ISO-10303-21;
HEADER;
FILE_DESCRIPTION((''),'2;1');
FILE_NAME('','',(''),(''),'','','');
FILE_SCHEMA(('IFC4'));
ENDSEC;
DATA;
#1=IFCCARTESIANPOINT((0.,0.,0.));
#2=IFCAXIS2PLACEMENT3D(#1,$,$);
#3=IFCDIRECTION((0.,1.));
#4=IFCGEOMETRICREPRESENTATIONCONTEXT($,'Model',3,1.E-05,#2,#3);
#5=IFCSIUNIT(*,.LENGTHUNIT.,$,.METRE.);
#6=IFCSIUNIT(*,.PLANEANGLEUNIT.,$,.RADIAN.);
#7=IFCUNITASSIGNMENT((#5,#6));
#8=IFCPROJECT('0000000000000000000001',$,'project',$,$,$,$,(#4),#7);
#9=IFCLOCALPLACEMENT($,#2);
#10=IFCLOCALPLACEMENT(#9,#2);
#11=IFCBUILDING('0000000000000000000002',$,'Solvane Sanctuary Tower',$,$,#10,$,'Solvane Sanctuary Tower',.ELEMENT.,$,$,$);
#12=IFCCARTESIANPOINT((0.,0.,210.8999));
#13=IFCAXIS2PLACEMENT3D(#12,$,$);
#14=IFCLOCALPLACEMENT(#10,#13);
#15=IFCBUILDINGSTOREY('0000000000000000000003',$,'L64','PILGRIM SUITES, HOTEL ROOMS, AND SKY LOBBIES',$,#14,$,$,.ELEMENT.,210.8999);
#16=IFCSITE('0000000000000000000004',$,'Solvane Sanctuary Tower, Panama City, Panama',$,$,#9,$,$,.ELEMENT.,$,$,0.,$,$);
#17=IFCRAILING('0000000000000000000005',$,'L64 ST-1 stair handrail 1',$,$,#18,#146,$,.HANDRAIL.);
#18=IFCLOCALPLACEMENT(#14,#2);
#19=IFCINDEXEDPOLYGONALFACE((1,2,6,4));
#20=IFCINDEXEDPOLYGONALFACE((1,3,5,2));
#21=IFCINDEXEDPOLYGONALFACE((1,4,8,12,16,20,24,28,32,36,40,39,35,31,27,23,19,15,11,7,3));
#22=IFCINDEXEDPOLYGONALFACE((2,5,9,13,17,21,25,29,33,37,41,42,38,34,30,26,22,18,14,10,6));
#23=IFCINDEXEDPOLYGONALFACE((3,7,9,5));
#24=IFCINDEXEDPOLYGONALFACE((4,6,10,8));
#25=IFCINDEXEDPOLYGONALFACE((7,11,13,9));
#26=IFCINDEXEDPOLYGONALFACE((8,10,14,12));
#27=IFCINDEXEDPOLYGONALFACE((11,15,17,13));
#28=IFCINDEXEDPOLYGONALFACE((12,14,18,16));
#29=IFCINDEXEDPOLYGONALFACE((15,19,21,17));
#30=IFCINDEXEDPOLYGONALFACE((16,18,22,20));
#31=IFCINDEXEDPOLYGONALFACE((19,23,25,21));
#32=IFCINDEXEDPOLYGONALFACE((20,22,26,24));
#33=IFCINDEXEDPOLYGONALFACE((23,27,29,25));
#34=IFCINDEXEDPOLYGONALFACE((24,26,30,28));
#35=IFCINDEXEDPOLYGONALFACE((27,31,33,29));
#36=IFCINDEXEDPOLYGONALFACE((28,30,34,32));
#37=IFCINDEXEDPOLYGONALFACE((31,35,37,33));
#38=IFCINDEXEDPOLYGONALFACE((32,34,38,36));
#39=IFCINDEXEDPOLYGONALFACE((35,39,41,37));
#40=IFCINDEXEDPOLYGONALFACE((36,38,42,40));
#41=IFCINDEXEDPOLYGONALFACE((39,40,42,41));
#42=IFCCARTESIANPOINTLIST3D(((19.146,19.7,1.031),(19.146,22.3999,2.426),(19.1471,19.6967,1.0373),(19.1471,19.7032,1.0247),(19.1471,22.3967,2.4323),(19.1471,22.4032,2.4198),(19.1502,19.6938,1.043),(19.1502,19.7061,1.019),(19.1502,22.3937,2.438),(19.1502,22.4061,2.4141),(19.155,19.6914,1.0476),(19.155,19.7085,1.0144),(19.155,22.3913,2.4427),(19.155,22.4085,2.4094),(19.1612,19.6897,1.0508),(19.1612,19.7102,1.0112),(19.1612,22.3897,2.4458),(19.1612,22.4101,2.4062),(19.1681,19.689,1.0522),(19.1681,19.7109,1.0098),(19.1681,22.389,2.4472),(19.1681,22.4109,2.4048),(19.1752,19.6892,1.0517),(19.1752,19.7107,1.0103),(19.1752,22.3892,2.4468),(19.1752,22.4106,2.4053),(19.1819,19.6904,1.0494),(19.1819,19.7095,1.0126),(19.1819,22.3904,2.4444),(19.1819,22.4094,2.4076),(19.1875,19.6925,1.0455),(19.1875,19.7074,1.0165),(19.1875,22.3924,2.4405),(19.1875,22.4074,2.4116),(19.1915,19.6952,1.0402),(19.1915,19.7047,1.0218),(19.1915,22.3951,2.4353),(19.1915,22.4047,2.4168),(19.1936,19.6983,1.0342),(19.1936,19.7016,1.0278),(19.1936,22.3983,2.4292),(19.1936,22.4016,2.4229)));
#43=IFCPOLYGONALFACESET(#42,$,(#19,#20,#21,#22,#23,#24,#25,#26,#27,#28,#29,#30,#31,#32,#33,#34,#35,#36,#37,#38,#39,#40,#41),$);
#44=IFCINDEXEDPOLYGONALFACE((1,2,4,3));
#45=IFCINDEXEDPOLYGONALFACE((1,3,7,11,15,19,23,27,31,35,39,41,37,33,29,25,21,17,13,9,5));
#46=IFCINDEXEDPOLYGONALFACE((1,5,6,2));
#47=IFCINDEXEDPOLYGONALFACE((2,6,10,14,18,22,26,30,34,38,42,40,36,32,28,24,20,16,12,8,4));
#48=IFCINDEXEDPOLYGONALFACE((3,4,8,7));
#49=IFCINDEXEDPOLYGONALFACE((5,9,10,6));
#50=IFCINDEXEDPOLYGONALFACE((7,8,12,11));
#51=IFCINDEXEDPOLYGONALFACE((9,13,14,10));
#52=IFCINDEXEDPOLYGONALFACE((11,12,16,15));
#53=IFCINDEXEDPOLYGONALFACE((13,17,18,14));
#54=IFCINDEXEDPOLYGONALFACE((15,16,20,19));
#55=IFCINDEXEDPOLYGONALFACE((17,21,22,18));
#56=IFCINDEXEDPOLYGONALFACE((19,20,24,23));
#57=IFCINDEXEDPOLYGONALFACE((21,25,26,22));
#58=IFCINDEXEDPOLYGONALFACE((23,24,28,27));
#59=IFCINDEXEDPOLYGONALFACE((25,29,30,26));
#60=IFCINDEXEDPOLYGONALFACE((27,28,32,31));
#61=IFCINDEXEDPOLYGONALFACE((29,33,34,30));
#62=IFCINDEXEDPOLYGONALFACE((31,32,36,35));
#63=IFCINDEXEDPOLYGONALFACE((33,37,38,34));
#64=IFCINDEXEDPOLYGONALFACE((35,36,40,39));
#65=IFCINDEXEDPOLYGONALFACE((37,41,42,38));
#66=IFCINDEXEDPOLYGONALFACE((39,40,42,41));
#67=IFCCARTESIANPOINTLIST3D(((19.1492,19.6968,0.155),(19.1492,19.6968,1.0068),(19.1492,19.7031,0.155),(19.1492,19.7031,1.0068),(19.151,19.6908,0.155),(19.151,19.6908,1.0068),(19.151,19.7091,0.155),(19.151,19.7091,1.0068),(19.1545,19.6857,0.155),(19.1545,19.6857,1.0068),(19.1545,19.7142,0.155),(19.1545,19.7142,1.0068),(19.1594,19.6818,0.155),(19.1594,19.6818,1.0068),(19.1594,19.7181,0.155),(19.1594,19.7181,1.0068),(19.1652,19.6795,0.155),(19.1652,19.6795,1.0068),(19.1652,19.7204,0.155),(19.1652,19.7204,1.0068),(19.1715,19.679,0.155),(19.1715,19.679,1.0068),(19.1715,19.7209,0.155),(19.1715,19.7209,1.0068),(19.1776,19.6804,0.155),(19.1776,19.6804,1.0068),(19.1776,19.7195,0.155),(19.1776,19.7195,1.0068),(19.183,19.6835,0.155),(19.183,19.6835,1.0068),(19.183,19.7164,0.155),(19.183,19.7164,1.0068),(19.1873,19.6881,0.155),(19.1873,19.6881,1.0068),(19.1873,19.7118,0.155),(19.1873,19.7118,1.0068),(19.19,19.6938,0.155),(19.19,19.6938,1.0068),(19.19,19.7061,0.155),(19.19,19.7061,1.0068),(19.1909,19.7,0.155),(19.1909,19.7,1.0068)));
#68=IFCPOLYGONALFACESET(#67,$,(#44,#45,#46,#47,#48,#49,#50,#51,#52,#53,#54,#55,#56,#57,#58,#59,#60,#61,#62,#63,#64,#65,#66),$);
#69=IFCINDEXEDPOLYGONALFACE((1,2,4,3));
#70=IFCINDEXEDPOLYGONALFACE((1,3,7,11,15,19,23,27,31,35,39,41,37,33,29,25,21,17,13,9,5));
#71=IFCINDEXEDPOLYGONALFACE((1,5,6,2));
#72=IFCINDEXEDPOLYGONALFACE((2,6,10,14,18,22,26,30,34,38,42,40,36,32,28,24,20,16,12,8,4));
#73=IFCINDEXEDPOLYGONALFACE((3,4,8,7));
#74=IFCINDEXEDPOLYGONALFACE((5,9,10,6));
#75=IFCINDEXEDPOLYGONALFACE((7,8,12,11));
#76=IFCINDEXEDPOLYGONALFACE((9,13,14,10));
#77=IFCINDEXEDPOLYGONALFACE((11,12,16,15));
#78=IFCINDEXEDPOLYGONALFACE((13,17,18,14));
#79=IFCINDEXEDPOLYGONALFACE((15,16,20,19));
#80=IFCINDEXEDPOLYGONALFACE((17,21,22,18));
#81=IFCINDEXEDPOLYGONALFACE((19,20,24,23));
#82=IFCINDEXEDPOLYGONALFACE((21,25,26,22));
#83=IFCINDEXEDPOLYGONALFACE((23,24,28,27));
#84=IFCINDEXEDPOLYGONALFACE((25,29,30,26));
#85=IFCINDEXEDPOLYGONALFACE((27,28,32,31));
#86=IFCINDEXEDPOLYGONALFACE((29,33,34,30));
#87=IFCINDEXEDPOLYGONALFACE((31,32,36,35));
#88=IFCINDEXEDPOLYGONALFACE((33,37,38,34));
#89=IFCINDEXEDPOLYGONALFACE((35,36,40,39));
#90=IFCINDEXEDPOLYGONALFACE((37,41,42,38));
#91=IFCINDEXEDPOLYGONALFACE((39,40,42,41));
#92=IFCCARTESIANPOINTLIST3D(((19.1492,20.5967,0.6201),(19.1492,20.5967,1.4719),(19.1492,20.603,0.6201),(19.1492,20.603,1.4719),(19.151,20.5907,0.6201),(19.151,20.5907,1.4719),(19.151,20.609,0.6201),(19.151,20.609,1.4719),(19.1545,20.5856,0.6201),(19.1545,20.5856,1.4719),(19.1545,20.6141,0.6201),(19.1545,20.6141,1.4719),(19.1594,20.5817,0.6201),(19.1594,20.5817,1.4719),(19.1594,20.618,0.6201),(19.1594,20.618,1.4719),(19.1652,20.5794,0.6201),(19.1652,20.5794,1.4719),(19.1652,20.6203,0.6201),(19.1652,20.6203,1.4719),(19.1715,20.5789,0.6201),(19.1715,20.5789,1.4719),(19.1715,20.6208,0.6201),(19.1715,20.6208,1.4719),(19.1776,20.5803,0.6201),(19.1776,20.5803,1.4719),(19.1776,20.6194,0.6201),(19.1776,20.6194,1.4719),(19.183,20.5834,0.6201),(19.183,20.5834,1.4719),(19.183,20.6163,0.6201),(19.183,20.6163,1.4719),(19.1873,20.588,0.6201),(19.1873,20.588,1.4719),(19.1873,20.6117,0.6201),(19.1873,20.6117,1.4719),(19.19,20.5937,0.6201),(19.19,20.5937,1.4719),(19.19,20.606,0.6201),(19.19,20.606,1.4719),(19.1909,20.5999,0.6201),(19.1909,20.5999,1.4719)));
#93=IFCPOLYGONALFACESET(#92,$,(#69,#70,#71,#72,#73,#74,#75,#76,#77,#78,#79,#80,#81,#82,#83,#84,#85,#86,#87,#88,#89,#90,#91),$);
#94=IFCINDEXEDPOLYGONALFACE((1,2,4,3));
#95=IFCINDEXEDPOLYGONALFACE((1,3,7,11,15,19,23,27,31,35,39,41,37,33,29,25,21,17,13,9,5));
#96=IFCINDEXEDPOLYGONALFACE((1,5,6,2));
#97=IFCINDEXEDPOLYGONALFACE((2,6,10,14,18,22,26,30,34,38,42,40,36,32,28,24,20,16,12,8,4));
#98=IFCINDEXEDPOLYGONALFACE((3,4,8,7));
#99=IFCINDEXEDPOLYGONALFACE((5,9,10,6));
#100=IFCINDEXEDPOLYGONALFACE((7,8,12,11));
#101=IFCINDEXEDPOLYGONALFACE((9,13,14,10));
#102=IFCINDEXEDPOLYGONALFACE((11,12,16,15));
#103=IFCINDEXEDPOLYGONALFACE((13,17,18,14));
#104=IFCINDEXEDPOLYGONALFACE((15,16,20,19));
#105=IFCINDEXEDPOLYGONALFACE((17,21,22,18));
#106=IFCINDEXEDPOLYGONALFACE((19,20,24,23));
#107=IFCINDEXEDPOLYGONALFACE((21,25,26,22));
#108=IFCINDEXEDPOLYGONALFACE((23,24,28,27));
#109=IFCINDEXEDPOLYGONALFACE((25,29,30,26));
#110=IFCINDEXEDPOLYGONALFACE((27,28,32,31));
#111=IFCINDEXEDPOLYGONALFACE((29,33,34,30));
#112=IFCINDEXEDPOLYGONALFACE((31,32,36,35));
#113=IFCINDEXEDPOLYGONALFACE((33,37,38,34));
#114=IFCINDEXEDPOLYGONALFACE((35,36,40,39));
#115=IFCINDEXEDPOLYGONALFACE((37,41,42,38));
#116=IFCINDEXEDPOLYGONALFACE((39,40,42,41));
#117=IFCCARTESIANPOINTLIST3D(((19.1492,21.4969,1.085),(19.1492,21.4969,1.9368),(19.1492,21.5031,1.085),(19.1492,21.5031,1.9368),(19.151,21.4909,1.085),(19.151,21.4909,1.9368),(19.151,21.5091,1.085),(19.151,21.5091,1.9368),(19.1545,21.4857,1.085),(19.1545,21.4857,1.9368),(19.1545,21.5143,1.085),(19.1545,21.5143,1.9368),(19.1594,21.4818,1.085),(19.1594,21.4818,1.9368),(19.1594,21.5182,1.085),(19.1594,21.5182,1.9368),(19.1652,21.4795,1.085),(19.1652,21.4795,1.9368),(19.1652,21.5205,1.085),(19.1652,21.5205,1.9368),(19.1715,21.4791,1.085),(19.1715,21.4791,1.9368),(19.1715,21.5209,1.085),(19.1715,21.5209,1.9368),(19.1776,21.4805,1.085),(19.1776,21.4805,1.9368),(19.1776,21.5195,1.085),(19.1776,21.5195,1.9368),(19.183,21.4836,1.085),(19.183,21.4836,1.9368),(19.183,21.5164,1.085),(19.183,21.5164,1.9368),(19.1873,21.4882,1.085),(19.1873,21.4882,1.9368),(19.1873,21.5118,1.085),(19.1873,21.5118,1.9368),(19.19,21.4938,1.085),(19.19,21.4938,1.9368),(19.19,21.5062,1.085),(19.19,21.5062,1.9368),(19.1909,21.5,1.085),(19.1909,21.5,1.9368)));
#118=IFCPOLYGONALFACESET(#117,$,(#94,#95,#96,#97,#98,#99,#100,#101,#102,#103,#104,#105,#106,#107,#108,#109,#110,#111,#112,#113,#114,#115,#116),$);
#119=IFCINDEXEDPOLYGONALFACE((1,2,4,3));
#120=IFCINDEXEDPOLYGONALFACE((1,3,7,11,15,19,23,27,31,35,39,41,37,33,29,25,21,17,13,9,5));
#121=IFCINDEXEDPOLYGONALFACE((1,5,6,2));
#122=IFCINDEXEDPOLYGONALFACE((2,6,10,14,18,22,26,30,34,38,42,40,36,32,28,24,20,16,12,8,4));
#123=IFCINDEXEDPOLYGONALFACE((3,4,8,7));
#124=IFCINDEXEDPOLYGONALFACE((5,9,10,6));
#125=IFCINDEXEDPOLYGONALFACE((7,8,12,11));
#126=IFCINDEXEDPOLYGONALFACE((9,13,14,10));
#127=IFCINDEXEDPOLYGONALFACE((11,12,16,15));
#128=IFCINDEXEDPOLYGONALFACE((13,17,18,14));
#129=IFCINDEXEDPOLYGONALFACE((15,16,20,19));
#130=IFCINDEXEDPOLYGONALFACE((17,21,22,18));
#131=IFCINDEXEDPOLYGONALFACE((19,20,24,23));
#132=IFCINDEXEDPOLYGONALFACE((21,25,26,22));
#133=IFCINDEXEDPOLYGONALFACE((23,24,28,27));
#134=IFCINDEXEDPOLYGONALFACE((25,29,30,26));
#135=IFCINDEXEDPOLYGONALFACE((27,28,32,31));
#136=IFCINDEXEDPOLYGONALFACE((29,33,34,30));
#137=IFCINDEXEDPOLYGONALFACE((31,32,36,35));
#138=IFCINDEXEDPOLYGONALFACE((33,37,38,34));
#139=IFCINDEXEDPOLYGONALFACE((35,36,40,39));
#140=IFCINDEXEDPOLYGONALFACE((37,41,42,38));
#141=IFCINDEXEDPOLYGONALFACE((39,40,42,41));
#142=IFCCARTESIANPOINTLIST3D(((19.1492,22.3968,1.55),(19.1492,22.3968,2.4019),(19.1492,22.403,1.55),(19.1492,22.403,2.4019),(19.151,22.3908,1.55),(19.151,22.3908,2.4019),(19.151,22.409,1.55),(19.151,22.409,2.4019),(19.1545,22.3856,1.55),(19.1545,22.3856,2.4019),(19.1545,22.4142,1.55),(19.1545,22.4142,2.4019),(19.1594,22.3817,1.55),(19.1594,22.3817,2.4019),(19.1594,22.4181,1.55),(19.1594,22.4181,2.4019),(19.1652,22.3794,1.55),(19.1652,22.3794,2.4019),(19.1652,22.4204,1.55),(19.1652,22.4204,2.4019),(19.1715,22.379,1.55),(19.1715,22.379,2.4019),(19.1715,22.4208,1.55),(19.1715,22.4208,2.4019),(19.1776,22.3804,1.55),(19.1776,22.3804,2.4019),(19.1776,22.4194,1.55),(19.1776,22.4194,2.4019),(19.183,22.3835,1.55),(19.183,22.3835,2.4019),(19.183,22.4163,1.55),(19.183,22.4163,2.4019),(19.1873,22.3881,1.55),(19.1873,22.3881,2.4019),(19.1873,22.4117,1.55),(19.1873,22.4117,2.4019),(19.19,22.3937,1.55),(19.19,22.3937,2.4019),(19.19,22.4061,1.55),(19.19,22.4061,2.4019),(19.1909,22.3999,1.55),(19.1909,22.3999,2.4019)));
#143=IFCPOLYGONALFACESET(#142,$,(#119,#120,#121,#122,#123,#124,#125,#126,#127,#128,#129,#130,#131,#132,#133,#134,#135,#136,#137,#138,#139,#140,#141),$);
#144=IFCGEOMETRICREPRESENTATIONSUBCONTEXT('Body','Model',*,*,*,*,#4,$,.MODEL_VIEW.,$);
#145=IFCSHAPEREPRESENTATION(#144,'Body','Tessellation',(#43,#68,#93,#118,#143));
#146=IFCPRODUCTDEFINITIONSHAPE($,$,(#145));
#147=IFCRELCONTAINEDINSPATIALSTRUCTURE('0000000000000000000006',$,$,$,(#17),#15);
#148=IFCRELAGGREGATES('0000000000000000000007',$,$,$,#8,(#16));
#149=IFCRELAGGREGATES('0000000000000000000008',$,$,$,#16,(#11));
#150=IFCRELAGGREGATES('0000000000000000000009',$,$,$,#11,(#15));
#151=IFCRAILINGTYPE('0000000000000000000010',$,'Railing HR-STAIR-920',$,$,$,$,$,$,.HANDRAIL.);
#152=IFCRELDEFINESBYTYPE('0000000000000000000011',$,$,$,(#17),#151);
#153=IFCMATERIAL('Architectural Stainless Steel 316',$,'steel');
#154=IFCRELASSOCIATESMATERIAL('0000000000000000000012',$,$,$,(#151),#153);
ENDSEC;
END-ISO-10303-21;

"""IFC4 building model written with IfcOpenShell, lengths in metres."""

from ifc_helpers import new_model, si_unit, direction, frame, origin, origin_2d, place, context, subcontext, project, spatial, circle, extrude, material, type_object, element, save


model = new_model("IFC4")

# Units and contexts
model_context = context("Model", 3, precision=1e-05, world=origin(), true_north=direction((0.0, 1.0)))
body_context = subcontext(model_context, "Body", "Model", "MODEL_VIEW")
ifc_project = project(units=[si_unit("LENGTHUNIT", "METRE"), si_unit("PLANEANGLEUNIT", "RADIAN")], contexts=[model_context])

# Site, building, storey
site_placement = place(None, origin())
site = spatial("IfcSite", under=ifc_project, at=site_placement, Name="Solvane Sanctuary Tower, Panama City, Panama", CompositionType="ELEMENT", RefElevation=0.0)
building_placement = place(site_placement, origin())
building = spatial("IfcBuilding", under=site, at=building_placement, Name="Solvane Sanctuary Tower", LongName="Solvane Sanctuary Tower", CompositionType="ELEMENT")
storey_placement = place(building_placement, frame((0.0, 0.0, 210.8999)))
storey = spatial("IfcBuildingStorey", under=building, at=storey_placement, Name="L64", Description="PILGRIM SUITES, HOTEL ROOMS, AND SKY LOBBIES", CompositionType="ELEMENT", Elevation=210.8999)

# Shared definitions
ifc_material_1 = material(Name="Architectural Stainless Steel 316", Category="steel")

# Railing
railing_type_1 = type_object("IfcRailingType", Name="Railing HR-STAIR-920", PredefinedType="HANDRAIL", material=ifc_material_1)
railing_1_placement = place(storey_placement, frame((19.1699, 19.7, 0.155)))
element("IfcRailing", 1, at=railing_1_placement, inside=storey, type_object=railing_type_1, Name="L64 ST-1 stair handrail 1", PredefinedType="HANDRAIL", context=body_context, shape_type="SweptSolid", body=[
    extrude(circle(Radius=0.0239, at=origin_2d()), frame((0.0, 0.0, 0.876), z_axis=(0.0, 0.88842, 0.459032), x_axis=(-1.0, 0.0, 0.0)), (0.0, 0.0, 1.0), 3.0391),
    extrude(circle(Radius=0.021, at=origin_2d()), origin(), (0.0, 0.0, 1.0), 0.8518),
    extrude(circle(Radius=0.021, at=origin_2d()), frame((0.0, 0.8999, 0.4651)), (0.0, 0.0, 1.0), 0.8518),
    extrude(circle(Radius=0.021, at=origin_2d()), frame((0.0, 1.8, 0.9299)), (0.0, 0.0, 1.0), 0.8518),
    extrude(circle(Radius=0.021, at=origin_2d()), frame((0.0, 2.7, 1.395)), (0.0, 0.0, 1.0), 0.8518),
])

save(model, "model.ifc")
